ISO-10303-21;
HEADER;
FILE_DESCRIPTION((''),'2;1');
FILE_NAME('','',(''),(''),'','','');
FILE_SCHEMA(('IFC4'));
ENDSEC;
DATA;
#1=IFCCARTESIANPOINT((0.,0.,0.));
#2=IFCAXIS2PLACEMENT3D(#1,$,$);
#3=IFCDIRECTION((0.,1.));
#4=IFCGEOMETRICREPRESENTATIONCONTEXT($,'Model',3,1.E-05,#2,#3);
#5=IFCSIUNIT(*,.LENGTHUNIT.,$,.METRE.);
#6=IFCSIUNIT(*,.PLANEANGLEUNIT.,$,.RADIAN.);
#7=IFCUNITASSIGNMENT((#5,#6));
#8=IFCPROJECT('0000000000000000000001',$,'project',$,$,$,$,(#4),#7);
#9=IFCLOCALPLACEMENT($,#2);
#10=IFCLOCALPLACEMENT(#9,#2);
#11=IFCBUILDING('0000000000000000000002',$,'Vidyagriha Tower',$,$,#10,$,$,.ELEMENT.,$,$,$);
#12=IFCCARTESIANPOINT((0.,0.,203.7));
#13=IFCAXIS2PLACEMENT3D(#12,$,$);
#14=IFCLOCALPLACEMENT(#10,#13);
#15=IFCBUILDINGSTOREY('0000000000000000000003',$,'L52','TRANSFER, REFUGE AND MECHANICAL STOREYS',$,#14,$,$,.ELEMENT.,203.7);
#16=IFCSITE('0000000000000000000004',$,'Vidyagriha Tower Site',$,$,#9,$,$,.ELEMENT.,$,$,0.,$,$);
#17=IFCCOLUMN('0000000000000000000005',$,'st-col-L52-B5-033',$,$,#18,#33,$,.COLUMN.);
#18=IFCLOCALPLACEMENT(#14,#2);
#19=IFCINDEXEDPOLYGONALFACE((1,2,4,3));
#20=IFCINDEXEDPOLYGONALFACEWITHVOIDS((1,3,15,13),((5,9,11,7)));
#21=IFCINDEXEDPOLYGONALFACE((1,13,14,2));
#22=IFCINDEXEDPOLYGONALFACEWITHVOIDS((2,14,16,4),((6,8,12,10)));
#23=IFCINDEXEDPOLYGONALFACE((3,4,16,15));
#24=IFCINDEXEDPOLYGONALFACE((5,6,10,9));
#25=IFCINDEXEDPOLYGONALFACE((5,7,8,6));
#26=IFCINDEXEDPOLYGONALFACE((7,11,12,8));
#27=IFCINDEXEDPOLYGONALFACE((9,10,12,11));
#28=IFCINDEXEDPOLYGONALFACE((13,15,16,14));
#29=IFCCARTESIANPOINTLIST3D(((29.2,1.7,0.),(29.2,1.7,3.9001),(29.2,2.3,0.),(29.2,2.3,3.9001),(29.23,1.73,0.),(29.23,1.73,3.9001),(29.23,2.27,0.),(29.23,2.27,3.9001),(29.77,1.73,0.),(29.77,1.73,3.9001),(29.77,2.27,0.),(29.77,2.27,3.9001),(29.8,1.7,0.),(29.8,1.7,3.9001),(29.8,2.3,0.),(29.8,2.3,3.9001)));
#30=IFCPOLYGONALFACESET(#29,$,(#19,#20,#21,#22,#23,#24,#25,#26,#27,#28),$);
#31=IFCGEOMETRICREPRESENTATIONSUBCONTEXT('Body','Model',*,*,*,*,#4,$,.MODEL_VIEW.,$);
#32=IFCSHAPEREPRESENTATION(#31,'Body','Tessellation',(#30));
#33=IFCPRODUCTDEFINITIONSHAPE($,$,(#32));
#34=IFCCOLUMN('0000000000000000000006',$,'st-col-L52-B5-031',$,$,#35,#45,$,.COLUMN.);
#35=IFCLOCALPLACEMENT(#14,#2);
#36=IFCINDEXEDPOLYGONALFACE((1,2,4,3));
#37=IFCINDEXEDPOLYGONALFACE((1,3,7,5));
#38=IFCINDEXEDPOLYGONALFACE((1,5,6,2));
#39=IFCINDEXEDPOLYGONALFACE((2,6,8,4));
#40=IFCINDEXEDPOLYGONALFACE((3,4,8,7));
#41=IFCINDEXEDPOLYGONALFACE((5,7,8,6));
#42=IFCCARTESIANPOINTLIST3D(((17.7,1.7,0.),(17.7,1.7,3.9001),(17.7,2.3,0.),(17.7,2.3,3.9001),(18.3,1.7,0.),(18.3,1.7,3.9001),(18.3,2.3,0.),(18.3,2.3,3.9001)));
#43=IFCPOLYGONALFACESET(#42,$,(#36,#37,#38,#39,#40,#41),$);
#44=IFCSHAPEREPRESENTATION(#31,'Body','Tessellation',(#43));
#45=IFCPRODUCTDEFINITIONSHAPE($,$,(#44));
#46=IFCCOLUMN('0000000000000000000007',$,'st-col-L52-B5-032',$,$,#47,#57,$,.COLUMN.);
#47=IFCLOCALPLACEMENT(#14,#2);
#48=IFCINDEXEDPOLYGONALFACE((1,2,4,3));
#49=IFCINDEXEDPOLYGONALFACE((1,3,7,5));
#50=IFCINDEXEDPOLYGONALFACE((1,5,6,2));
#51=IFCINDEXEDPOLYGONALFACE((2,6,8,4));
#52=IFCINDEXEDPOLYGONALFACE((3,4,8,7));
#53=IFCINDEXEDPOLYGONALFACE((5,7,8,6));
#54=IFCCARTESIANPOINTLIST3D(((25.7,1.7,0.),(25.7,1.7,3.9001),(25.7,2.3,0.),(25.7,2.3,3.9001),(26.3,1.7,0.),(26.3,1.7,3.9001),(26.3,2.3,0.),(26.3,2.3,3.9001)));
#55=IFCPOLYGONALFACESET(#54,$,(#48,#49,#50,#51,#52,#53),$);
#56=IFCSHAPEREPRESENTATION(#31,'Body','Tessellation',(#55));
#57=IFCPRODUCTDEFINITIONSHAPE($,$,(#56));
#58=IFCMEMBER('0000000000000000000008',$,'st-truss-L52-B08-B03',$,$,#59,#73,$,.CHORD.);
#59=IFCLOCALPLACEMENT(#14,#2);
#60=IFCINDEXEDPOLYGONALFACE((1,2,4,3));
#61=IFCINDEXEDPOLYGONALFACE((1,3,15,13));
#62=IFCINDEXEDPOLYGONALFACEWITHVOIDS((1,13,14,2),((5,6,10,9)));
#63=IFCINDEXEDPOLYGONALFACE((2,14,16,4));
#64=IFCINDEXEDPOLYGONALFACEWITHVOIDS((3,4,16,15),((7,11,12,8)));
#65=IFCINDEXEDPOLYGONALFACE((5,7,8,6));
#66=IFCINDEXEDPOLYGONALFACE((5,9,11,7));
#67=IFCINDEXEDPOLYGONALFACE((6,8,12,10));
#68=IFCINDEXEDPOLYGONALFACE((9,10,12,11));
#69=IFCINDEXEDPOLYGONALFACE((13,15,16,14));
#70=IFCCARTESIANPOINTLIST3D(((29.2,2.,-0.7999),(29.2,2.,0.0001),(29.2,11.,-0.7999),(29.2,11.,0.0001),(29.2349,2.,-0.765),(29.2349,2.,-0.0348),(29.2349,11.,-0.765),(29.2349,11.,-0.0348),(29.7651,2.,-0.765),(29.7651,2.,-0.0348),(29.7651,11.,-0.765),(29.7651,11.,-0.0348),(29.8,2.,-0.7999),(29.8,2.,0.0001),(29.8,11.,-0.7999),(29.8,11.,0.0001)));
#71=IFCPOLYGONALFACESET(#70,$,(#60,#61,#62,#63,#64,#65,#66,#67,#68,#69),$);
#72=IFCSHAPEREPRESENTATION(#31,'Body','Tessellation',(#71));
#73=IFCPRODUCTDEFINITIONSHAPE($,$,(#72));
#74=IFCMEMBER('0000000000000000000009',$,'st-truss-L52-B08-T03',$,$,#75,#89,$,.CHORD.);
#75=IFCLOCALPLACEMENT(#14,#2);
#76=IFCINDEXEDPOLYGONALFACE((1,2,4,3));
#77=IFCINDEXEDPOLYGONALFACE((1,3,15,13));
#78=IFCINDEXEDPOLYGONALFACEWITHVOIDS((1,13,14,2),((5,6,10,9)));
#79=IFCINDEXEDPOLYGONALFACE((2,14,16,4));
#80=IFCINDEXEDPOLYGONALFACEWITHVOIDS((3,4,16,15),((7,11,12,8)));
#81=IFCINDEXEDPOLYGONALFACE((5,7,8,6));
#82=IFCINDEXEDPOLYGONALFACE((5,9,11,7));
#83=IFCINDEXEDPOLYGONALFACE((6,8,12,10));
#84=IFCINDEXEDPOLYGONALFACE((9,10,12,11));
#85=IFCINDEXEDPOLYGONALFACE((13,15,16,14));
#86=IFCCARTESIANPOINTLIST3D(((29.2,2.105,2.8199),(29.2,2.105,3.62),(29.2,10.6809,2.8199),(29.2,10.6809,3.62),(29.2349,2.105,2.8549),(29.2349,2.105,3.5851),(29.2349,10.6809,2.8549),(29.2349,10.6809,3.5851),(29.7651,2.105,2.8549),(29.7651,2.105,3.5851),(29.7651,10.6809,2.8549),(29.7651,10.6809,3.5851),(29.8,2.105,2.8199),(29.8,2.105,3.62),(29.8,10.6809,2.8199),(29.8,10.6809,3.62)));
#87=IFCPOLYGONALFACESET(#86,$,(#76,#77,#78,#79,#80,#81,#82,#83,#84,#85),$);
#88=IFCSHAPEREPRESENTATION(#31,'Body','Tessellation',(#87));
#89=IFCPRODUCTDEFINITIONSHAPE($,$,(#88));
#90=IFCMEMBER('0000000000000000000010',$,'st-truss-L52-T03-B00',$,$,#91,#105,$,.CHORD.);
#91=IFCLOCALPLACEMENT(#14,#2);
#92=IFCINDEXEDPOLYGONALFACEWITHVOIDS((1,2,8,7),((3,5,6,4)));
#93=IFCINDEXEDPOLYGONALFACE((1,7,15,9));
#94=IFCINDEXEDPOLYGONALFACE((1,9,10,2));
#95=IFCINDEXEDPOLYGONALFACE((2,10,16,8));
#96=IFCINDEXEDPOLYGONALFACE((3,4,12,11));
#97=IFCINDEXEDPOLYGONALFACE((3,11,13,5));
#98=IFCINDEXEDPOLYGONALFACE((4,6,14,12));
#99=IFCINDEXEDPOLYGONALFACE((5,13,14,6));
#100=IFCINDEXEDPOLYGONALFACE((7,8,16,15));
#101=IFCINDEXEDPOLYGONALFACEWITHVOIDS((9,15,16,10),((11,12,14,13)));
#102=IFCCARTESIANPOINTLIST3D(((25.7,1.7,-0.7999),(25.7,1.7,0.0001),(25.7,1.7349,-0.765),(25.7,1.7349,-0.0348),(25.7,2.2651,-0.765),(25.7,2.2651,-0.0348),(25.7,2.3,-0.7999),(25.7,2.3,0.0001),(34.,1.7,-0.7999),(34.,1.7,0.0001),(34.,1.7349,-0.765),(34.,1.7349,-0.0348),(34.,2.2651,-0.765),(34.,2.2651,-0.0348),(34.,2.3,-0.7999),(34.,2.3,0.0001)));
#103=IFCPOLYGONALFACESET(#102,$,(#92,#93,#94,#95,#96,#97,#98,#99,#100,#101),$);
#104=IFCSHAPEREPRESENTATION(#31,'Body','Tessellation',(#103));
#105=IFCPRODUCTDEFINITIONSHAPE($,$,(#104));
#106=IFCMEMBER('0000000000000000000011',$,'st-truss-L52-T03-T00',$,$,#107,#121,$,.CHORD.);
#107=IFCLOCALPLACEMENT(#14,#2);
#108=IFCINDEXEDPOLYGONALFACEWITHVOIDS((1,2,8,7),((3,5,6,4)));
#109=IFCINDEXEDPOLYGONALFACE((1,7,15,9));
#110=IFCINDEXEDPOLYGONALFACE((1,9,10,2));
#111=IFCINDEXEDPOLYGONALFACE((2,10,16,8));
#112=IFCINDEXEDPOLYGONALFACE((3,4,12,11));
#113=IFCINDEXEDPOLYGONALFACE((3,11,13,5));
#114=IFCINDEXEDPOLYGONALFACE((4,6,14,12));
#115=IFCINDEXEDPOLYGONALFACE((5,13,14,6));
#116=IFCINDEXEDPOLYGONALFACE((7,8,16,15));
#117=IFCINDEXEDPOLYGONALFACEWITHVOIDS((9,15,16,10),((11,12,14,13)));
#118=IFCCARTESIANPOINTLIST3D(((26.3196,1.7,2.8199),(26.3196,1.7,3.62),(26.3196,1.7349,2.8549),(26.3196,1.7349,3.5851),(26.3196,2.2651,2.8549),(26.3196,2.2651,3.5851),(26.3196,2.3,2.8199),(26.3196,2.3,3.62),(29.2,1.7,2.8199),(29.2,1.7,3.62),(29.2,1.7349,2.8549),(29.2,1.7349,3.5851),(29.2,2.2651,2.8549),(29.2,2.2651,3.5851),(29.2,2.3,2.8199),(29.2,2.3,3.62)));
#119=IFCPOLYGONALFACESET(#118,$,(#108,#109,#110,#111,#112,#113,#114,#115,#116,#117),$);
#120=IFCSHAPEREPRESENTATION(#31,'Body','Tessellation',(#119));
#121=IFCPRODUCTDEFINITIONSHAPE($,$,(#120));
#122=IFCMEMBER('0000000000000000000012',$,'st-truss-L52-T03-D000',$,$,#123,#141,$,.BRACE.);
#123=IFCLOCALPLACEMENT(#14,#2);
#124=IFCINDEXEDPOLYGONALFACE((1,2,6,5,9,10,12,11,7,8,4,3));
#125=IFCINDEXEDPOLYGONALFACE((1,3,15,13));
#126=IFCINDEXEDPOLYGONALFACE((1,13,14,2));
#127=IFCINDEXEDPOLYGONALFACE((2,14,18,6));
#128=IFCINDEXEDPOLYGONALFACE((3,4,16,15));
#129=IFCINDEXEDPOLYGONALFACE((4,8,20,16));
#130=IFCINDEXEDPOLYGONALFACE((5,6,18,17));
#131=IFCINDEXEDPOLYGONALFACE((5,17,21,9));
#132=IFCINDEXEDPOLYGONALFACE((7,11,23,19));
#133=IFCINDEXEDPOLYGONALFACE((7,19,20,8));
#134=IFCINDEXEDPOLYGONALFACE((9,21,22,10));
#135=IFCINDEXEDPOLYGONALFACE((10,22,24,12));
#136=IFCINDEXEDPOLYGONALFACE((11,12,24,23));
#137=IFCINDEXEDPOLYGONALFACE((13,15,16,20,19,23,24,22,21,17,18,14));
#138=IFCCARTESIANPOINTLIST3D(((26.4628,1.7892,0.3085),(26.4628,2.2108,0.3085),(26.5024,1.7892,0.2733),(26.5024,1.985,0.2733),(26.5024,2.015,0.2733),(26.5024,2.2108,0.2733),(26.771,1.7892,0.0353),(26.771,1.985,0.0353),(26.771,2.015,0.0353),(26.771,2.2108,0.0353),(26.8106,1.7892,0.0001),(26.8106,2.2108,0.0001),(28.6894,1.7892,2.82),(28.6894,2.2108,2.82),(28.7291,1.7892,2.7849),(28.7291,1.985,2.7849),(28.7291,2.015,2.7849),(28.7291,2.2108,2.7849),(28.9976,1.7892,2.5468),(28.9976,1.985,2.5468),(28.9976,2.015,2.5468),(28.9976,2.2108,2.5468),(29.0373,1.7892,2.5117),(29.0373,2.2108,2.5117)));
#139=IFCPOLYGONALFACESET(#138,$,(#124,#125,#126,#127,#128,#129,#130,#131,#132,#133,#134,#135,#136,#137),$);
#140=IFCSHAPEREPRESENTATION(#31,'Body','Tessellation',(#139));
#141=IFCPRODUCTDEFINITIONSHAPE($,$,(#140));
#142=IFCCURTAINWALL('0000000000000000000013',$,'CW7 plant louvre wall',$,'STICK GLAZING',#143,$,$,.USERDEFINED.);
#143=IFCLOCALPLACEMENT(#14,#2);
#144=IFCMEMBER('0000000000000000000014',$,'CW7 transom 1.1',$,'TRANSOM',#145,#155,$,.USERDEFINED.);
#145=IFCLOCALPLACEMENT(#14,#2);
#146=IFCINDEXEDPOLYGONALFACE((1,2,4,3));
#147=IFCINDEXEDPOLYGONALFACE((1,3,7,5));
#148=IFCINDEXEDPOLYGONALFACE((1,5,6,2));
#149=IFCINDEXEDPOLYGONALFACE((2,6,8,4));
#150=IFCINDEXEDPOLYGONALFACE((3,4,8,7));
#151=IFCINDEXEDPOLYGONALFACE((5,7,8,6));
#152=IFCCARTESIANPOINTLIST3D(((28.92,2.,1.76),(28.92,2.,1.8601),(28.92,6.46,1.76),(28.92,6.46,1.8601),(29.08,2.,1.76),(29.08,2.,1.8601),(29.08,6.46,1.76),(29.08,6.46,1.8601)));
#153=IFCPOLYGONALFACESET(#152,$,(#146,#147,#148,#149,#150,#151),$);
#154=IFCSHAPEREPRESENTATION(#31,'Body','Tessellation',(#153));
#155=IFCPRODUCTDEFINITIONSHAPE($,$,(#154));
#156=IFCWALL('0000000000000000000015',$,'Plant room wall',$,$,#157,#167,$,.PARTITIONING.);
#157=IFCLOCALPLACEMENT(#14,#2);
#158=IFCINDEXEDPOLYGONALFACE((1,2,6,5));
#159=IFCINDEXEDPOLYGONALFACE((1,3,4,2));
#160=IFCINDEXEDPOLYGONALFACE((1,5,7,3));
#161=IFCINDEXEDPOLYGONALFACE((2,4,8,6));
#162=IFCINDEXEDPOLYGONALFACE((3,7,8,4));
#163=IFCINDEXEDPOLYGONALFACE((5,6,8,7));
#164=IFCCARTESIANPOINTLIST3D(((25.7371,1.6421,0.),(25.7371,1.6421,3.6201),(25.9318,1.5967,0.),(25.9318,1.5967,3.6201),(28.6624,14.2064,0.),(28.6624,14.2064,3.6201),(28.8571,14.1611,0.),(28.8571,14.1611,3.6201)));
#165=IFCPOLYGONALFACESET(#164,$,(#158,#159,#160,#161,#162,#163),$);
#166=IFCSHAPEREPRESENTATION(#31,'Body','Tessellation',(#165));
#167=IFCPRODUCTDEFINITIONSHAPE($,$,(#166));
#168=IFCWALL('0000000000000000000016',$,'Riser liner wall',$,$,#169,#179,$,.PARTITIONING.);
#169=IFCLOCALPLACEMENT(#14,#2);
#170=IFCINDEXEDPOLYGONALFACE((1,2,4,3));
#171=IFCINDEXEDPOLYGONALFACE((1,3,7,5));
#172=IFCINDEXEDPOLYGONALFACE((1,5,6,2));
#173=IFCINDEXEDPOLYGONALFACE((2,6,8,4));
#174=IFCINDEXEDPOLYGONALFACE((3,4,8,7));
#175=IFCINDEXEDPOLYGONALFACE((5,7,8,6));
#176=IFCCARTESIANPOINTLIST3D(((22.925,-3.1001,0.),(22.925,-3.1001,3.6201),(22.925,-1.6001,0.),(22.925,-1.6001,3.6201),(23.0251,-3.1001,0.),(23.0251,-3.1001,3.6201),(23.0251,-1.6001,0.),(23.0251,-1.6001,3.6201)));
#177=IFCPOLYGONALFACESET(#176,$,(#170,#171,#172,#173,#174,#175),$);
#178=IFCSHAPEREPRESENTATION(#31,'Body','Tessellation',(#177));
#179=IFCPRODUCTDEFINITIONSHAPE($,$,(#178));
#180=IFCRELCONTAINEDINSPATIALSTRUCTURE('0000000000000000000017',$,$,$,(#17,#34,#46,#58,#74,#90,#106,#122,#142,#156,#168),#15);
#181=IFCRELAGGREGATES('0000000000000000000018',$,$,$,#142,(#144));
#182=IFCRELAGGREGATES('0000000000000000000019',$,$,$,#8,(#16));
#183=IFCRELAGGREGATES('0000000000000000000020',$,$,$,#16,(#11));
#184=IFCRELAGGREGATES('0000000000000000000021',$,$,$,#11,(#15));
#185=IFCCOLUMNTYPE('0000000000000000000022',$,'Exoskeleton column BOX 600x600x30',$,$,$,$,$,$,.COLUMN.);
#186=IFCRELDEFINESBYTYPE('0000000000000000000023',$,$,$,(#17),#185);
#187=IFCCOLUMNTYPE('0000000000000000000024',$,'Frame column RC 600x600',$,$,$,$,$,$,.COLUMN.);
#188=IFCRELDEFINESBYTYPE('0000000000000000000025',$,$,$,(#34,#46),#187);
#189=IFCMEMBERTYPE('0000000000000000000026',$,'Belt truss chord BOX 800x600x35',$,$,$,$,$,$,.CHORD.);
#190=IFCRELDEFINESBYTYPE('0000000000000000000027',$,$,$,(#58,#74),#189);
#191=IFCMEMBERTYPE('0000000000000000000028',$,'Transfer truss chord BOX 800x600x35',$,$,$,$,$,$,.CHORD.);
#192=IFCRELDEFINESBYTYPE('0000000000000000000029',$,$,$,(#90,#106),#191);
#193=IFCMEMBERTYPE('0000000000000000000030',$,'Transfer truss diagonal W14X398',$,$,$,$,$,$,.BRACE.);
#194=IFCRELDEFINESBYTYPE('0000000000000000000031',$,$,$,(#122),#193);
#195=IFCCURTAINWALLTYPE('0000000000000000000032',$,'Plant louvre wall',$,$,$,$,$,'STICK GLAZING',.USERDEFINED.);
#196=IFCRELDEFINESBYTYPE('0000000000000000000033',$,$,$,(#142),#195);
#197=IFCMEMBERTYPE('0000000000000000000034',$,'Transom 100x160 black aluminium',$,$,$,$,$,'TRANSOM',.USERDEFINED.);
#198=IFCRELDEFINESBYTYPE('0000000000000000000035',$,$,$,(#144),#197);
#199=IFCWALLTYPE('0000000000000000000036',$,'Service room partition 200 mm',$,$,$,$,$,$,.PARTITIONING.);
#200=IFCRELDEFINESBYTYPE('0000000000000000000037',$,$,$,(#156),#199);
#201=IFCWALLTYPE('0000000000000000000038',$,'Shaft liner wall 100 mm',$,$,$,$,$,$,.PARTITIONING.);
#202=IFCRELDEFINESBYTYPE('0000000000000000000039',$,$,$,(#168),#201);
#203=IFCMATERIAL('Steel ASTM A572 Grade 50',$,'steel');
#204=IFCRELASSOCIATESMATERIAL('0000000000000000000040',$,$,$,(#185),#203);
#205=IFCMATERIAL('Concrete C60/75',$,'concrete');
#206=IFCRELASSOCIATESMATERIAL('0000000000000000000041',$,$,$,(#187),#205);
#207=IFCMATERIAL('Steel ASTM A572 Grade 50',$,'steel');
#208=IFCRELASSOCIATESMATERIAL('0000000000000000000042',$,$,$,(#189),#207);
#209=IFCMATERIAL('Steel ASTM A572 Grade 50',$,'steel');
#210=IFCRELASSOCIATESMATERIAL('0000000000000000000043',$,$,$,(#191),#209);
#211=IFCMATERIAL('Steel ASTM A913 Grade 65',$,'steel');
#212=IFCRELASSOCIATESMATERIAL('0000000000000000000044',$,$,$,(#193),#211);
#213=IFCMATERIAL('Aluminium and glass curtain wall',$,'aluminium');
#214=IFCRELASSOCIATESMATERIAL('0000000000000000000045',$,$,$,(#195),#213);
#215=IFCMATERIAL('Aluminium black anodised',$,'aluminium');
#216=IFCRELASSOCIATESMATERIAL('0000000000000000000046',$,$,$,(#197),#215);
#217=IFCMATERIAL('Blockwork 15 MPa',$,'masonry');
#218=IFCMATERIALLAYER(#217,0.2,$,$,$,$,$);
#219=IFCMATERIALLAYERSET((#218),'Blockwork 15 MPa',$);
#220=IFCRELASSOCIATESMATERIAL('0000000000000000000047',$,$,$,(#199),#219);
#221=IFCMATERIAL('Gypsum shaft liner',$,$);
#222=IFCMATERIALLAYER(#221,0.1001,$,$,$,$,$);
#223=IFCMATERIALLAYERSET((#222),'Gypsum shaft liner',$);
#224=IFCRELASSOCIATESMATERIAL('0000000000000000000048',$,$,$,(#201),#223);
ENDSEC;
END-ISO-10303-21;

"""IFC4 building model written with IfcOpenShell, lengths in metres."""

from ifc_helpers import new_model, si_unit, direction, frame, frame_2d, origin, origin_2d, place, context, subcontext, project, spatial, rectangle, hollow_rectangle, i_section, extrude, material, layer, layer_set, material_profile, profile_set, type_object, element, aggregate, save


model = new_model("IFC4")

# Units and contexts
model_context = context("Model", 3, precision=1e-05, world=origin(), true_north=direction((0.0, 1.0)))
body_context = subcontext(model_context, "Body", "Model", "MODEL_VIEW")
ifc_project = project(units=[si_unit("LENGTHUNIT", "METRE"), si_unit("PLANEANGLEUNIT", "RADIAN")], contexts=[model_context])

# Site, building, storey
site_placement = place(None, origin())
site = spatial("IfcSite", under=ifc_project, at=site_placement, Name="Vidyagriha Tower Site", CompositionType="ELEMENT", RefElevation=0.0)
building_placement = place(site_placement, origin())
building = spatial("IfcBuilding", under=site, at=building_placement, Name="Vidyagriha Tower", CompositionType="ELEMENT")
storey_placement = place(building_placement, frame((0.0, 0.0, 203.7)))
storey = spatial("IfcBuildingStorey", under=building, at=storey_placement, Name="L52", Description="TRANSFER, REFUGE AND MECHANICAL STOREYS", CompositionType="ELEMENT", Elevation=203.7)

# Columns
ifc_material_1 = material(Name="Steel ASTM A572 Grade 50", Category="steel")
ifc_material_profile_1 = material_profile(ifc_material_1, hollow_rectangle(XDim=0.6001, YDim=0.6001, WallThickness=0.03, at=origin_2d()), Name="BOX 600x600x30")
ifc_profile_set_1 = profile_set([ifc_material_profile_1], Name="Steel ASTM A572 Grade 50")
column_type_1 = type_object("IfcColumnType", Name="Exoskeleton column BOX 600x600x30", PredefinedType="COLUMN", material=ifc_profile_set_1)
column_placement = place(storey_placement, frame((29.5, 2.0, 0.0)))
element("IfcColumn", 1, at=column_placement, inside=storey, type_object=column_type_1, Name="st-col-L52-B5-033", PredefinedType="COLUMN", context=body_context, shape_type="SweptSolid", body=[
    extrude(hollow_rectangle(XDim=0.6001, YDim=0.6001, WallThickness=0.03, at=origin_2d()), origin(), (0.0, 0.0, 1.0), 3.9001),
])
ifc_material_2 = material(Name="Concrete C60/75", Category="concrete")
ifc_material_profile_2 = material_profile(ifc_material_2, rectangle(XDim=0.6001, YDim=0.6001, at=origin_2d()), Name="RC 600x600")
ifc_profile_set_2 = profile_set([ifc_material_profile_2], Name="Concrete C60/75")
column_type_2 = type_object("IfcColumnType", Name="Frame column RC 600x600", PredefinedType="COLUMN", material=ifc_profile_set_2)
for number, where, name in (
    (2, (18.0, 2.0, 0.0), "st-col-L52-B5-031"),
    (3, (26.0, 2.0, 0.0), "st-col-L52-B5-032"),
):
    element("IfcColumn", number, at=place(storey_placement, frame(where)), inside=storey, type_object=column_type_2, Name=name, PredefinedType="COLUMN", context=body_context, shape_type="SweptSolid", body=[
        extrude(rectangle(XDim=0.6001, YDim=0.6001, at=origin_2d()), origin(), (0.0, 0.0, 1.0), 3.9001),
    ])

# Members
ifc_material_3 = material(Name="Steel ASTM A572 Grade 50", Category="steel")
ifc_material_profile_3 = material_profile(ifc_material_3, hollow_rectangle(XDim=0.6001, YDim=0.8, WallThickness=0.0349, at=origin_2d()), Name="BOX 800x600x35")
ifc_profile_set_3 = profile_set([ifc_material_profile_3], Name="Steel ASTM A572 Grade 50")
member_type_1 = type_object("IfcMemberType", Name="Belt truss chord BOX 800x600x35", PredefinedType="CHORD", material=ifc_profile_set_3)
member_1_placement = place(storey_placement, frame((29.5, 2.0, -0.3999), z_axis=(0.0, 1.0, 0.0), x_axis=(-1.0, 0.0, 0.0)))
element("IfcMember", 4, at=member_1_placement, inside=storey, type_object=member_type_1, Name="st-truss-L52-B08-B03", PredefinedType="CHORD", context=body_context, shape_type="SweptSolid", body=[
    extrude(hollow_rectangle(XDim=0.6001, YDim=0.8, WallThickness=0.0349, at=origin_2d()), origin(), (0.0, 0.0, 1.0), 9.0),
])
member_2_placement = place(storey_placement, frame((29.5, 2.105, 3.22), z_axis=(0.0, 1.0, 0.0), x_axis=(-1.0, 0.0, 0.0)))
element("IfcMember", 5, at=member_2_placement, inside=storey, type_object=member_type_1, Name="st-truss-L52-B08-T03", PredefinedType="CHORD", context=body_context, shape_type="SweptSolid", body=[
    extrude(hollow_rectangle(XDim=0.6001, YDim=0.8, WallThickness=0.0349, at=origin_2d()), origin(), (0.0, 0.0, 1.0), 8.5759),
])
ifc_material_4 = material(Name="Steel ASTM A572 Grade 50", Category="steel")
ifc_material_profile_4 = material_profile(ifc_material_4, hollow_rectangle(XDim=0.6001, YDim=0.8, WallThickness=0.0349, at=origin_2d()), Name="BOX 800x600x35")
ifc_profile_set_4 = profile_set([ifc_material_profile_4], Name="Steel ASTM A572 Grade 50")
member_type_2 = type_object("IfcMemberType", Name="Transfer truss chord BOX 800x600x35", PredefinedType="CHORD", material=ifc_profile_set_4)
member_3_placement = place(storey_placement, frame((25.7, 2.0, -0.3999), z_axis=(1.0, 0.0, 0.0), x_axis=(0.0, 1.0, 0.0)))
element("IfcMember", 6, at=member_3_placement, inside=storey, type_object=member_type_2, Name="st-truss-L52-T03-B00", PredefinedType="CHORD", context=body_context, shape_type="SweptSolid", body=[
    extrude(hollow_rectangle(XDim=0.6001, YDim=0.8, WallThickness=0.0349, at=origin_2d()), origin(), (0.0, 0.0, 1.0), 8.3),
])
member_4_placement = place(storey_placement, frame((26.3196, 2.0, 3.22), z_axis=(1.0, 0.0, 0.0), x_axis=(0.0, 1.0, 0.0)))
element("IfcMember", 7, at=member_4_placement, inside=storey, type_object=member_type_2, Name="st-truss-L52-T03-T00", PredefinedType="CHORD", context=body_context, shape_type="SweptSolid", body=[
    extrude(hollow_rectangle(XDim=0.6001, YDim=0.8, WallThickness=0.0349, at=origin_2d()), origin(), (0.0, 0.0, 1.0), 2.8804),
])
ifc_material_5 = material(Name="Steel ASTM A913 Grade 65", Category="steel")
ifc_material_profile_5 = material_profile(ifc_material_5, i_section(OverallWidth=0.4216, OverallDepth=0.4648, WebThickness=0.03, FlangeThickness=0.053, at=origin_2d()), Name="W14X398")
ifc_profile_set_5 = profile_set([ifc_material_profile_5], Name="Steel ASTM A913 Grade 65")
member_type_3 = type_object("IfcMemberType", Name="Transfer truss diagonal W14X398", PredefinedType="BRACE", material=ifc_profile_set_5)
member_5_placement = place(storey_placement, frame((26.6367, 2.0, 0.1543), z_axis=(0.663388, 0.0, 0.748276), x_axis=(0.0, 1.0, 0.0)))
element("IfcMember", 8, at=member_5_placement, inside=storey, type_object=member_type_3, Name="st-truss-L52-T03-D000", PredefinedType="BRACE", context=body_context, shape_type="SweptSolid", body=[
    extrude(i_section(OverallWidth=0.4216, OverallDepth=0.4648, WebThickness=0.03, FlangeThickness=0.053, at=origin_2d()), origin(), (0.0, 0.0, 1.0), 3.3564),
])

# Curtain wall, member
ifc_material_6 = material(Name="Aluminium and glass curtain wall", Category="aluminium")
curtain_wall_type = type_object("IfcCurtainWallType", Name="Plant louvre wall", ElementType="STICK GLAZING", PredefinedType="USERDEFINED", material=ifc_material_6)
curtain_wall_placement = place(storey_placement, origin())
curtain_wall = element("IfcCurtainWall", 9, at=curtain_wall_placement, inside=storey, type_object=curtain_wall_type, Name="CW7 plant louvre wall", ObjectType="STICK GLAZING", PredefinedType="USERDEFINED")
ifc_material_7 = material(Name="Aluminium black anodised", Category="aluminium")
ifc_material_profile_6 = material_profile(ifc_material_7, rectangle(XDim=0.1599, YDim=0.1001, at=origin_2d()), Name="Transom 100x160 black aluminium")
ifc_profile_set_6 = profile_set([ifc_material_profile_6], Name="Aluminium black anodised")
member_type_4 = type_object("IfcMemberType", Name="Transom 100x160 black aluminium", ElementType="TRANSOM", PredefinedType="USERDEFINED", material=ifc_profile_set_6)
member_6_placement = place(storey_placement, frame((29.0, 2.0, 1.8101), z_axis=(0.0, 1.0, 0.0), x_axis=(-1.0, 0.0, 0.0)))
member_6 = element("IfcMember", 10, at=member_6_placement, type_object=member_type_4, Name="CW7 transom 1.1", ObjectType="TRANSOM", PredefinedType="USERDEFINED", context=body_context, shape_type="SweptSolid", body=[
    extrude(rectangle(XDim=0.1599, YDim=0.1001, at=origin_2d()), origin(), (0.0, 0.0, 1.0), 4.46),
])
aggregate(curtain_wall, [member_6])

# Walls
ifc_material_8 = material(Name="Blockwork 15 MPa", Category="masonry")
ifc_layer_1 = layer(ifc_material_8, 0.2)
ifc_layer_set_1 = layer_set([ifc_layer_1], Name="Blockwork 15 MPa")
wall_type_1 = type_object("IfcWallType", Name="Service room partition 200 mm", PredefinedType="PARTITIONING", material=ifc_layer_set_1)
wall_placement = place(storey_placement, frame((25.8345, 1.6194, 0.0), z_axis=(0.0, 0.0, 1.0), x_axis=(0.226758, 0.973951, 0.0)))
element("IfcWall", 11, at=wall_placement, inside=storey, type_object=wall_type_1, Name="Plant room wall", PredefinedType="PARTITIONING", context=body_context, shape_type="SweptSolid", body=[
    extrude(rectangle(XDim=12.9004, YDim=0.2, at=frame_2d((6.4502, 0.0))), origin(), (0.0, 0.0, 1.0), 3.6201),
])
ifc_material_9 = material(Name="Gypsum shaft liner")
ifc_layer_2 = layer(ifc_material_9, 0.1001)
ifc_layer_set_2 = layer_set([ifc_layer_2], Name="Gypsum shaft liner")
wall_type_2 = type_object("IfcWallType", Name="Shaft liner wall 100 mm", PredefinedType="PARTITIONING", material=ifc_layer_set_2)
for number, where, z_axis, x_axis, name in (
    (12, (22.9751, -1.6001, 0.0), (0.0, 0.0, 1.0), (0.0, -1.0, 0.0), "Riser liner wall"),
):
    element("IfcWall", number, at=place(storey_placement, frame(where, z_axis=z_axis, x_axis=x_axis)), inside=storey, type_object=wall_type_2, Name=name, PredefinedType="PARTITIONING", context=body_context, shape_type="SweptSolid", body=[
        extrude(rectangle(XDim=1.5, YDim=0.1001, at=frame_2d((0.75, 0.0))), origin(), (0.0, 0.0, 1.0), 3.6201),
    ])

save(model, "model.ifc")
